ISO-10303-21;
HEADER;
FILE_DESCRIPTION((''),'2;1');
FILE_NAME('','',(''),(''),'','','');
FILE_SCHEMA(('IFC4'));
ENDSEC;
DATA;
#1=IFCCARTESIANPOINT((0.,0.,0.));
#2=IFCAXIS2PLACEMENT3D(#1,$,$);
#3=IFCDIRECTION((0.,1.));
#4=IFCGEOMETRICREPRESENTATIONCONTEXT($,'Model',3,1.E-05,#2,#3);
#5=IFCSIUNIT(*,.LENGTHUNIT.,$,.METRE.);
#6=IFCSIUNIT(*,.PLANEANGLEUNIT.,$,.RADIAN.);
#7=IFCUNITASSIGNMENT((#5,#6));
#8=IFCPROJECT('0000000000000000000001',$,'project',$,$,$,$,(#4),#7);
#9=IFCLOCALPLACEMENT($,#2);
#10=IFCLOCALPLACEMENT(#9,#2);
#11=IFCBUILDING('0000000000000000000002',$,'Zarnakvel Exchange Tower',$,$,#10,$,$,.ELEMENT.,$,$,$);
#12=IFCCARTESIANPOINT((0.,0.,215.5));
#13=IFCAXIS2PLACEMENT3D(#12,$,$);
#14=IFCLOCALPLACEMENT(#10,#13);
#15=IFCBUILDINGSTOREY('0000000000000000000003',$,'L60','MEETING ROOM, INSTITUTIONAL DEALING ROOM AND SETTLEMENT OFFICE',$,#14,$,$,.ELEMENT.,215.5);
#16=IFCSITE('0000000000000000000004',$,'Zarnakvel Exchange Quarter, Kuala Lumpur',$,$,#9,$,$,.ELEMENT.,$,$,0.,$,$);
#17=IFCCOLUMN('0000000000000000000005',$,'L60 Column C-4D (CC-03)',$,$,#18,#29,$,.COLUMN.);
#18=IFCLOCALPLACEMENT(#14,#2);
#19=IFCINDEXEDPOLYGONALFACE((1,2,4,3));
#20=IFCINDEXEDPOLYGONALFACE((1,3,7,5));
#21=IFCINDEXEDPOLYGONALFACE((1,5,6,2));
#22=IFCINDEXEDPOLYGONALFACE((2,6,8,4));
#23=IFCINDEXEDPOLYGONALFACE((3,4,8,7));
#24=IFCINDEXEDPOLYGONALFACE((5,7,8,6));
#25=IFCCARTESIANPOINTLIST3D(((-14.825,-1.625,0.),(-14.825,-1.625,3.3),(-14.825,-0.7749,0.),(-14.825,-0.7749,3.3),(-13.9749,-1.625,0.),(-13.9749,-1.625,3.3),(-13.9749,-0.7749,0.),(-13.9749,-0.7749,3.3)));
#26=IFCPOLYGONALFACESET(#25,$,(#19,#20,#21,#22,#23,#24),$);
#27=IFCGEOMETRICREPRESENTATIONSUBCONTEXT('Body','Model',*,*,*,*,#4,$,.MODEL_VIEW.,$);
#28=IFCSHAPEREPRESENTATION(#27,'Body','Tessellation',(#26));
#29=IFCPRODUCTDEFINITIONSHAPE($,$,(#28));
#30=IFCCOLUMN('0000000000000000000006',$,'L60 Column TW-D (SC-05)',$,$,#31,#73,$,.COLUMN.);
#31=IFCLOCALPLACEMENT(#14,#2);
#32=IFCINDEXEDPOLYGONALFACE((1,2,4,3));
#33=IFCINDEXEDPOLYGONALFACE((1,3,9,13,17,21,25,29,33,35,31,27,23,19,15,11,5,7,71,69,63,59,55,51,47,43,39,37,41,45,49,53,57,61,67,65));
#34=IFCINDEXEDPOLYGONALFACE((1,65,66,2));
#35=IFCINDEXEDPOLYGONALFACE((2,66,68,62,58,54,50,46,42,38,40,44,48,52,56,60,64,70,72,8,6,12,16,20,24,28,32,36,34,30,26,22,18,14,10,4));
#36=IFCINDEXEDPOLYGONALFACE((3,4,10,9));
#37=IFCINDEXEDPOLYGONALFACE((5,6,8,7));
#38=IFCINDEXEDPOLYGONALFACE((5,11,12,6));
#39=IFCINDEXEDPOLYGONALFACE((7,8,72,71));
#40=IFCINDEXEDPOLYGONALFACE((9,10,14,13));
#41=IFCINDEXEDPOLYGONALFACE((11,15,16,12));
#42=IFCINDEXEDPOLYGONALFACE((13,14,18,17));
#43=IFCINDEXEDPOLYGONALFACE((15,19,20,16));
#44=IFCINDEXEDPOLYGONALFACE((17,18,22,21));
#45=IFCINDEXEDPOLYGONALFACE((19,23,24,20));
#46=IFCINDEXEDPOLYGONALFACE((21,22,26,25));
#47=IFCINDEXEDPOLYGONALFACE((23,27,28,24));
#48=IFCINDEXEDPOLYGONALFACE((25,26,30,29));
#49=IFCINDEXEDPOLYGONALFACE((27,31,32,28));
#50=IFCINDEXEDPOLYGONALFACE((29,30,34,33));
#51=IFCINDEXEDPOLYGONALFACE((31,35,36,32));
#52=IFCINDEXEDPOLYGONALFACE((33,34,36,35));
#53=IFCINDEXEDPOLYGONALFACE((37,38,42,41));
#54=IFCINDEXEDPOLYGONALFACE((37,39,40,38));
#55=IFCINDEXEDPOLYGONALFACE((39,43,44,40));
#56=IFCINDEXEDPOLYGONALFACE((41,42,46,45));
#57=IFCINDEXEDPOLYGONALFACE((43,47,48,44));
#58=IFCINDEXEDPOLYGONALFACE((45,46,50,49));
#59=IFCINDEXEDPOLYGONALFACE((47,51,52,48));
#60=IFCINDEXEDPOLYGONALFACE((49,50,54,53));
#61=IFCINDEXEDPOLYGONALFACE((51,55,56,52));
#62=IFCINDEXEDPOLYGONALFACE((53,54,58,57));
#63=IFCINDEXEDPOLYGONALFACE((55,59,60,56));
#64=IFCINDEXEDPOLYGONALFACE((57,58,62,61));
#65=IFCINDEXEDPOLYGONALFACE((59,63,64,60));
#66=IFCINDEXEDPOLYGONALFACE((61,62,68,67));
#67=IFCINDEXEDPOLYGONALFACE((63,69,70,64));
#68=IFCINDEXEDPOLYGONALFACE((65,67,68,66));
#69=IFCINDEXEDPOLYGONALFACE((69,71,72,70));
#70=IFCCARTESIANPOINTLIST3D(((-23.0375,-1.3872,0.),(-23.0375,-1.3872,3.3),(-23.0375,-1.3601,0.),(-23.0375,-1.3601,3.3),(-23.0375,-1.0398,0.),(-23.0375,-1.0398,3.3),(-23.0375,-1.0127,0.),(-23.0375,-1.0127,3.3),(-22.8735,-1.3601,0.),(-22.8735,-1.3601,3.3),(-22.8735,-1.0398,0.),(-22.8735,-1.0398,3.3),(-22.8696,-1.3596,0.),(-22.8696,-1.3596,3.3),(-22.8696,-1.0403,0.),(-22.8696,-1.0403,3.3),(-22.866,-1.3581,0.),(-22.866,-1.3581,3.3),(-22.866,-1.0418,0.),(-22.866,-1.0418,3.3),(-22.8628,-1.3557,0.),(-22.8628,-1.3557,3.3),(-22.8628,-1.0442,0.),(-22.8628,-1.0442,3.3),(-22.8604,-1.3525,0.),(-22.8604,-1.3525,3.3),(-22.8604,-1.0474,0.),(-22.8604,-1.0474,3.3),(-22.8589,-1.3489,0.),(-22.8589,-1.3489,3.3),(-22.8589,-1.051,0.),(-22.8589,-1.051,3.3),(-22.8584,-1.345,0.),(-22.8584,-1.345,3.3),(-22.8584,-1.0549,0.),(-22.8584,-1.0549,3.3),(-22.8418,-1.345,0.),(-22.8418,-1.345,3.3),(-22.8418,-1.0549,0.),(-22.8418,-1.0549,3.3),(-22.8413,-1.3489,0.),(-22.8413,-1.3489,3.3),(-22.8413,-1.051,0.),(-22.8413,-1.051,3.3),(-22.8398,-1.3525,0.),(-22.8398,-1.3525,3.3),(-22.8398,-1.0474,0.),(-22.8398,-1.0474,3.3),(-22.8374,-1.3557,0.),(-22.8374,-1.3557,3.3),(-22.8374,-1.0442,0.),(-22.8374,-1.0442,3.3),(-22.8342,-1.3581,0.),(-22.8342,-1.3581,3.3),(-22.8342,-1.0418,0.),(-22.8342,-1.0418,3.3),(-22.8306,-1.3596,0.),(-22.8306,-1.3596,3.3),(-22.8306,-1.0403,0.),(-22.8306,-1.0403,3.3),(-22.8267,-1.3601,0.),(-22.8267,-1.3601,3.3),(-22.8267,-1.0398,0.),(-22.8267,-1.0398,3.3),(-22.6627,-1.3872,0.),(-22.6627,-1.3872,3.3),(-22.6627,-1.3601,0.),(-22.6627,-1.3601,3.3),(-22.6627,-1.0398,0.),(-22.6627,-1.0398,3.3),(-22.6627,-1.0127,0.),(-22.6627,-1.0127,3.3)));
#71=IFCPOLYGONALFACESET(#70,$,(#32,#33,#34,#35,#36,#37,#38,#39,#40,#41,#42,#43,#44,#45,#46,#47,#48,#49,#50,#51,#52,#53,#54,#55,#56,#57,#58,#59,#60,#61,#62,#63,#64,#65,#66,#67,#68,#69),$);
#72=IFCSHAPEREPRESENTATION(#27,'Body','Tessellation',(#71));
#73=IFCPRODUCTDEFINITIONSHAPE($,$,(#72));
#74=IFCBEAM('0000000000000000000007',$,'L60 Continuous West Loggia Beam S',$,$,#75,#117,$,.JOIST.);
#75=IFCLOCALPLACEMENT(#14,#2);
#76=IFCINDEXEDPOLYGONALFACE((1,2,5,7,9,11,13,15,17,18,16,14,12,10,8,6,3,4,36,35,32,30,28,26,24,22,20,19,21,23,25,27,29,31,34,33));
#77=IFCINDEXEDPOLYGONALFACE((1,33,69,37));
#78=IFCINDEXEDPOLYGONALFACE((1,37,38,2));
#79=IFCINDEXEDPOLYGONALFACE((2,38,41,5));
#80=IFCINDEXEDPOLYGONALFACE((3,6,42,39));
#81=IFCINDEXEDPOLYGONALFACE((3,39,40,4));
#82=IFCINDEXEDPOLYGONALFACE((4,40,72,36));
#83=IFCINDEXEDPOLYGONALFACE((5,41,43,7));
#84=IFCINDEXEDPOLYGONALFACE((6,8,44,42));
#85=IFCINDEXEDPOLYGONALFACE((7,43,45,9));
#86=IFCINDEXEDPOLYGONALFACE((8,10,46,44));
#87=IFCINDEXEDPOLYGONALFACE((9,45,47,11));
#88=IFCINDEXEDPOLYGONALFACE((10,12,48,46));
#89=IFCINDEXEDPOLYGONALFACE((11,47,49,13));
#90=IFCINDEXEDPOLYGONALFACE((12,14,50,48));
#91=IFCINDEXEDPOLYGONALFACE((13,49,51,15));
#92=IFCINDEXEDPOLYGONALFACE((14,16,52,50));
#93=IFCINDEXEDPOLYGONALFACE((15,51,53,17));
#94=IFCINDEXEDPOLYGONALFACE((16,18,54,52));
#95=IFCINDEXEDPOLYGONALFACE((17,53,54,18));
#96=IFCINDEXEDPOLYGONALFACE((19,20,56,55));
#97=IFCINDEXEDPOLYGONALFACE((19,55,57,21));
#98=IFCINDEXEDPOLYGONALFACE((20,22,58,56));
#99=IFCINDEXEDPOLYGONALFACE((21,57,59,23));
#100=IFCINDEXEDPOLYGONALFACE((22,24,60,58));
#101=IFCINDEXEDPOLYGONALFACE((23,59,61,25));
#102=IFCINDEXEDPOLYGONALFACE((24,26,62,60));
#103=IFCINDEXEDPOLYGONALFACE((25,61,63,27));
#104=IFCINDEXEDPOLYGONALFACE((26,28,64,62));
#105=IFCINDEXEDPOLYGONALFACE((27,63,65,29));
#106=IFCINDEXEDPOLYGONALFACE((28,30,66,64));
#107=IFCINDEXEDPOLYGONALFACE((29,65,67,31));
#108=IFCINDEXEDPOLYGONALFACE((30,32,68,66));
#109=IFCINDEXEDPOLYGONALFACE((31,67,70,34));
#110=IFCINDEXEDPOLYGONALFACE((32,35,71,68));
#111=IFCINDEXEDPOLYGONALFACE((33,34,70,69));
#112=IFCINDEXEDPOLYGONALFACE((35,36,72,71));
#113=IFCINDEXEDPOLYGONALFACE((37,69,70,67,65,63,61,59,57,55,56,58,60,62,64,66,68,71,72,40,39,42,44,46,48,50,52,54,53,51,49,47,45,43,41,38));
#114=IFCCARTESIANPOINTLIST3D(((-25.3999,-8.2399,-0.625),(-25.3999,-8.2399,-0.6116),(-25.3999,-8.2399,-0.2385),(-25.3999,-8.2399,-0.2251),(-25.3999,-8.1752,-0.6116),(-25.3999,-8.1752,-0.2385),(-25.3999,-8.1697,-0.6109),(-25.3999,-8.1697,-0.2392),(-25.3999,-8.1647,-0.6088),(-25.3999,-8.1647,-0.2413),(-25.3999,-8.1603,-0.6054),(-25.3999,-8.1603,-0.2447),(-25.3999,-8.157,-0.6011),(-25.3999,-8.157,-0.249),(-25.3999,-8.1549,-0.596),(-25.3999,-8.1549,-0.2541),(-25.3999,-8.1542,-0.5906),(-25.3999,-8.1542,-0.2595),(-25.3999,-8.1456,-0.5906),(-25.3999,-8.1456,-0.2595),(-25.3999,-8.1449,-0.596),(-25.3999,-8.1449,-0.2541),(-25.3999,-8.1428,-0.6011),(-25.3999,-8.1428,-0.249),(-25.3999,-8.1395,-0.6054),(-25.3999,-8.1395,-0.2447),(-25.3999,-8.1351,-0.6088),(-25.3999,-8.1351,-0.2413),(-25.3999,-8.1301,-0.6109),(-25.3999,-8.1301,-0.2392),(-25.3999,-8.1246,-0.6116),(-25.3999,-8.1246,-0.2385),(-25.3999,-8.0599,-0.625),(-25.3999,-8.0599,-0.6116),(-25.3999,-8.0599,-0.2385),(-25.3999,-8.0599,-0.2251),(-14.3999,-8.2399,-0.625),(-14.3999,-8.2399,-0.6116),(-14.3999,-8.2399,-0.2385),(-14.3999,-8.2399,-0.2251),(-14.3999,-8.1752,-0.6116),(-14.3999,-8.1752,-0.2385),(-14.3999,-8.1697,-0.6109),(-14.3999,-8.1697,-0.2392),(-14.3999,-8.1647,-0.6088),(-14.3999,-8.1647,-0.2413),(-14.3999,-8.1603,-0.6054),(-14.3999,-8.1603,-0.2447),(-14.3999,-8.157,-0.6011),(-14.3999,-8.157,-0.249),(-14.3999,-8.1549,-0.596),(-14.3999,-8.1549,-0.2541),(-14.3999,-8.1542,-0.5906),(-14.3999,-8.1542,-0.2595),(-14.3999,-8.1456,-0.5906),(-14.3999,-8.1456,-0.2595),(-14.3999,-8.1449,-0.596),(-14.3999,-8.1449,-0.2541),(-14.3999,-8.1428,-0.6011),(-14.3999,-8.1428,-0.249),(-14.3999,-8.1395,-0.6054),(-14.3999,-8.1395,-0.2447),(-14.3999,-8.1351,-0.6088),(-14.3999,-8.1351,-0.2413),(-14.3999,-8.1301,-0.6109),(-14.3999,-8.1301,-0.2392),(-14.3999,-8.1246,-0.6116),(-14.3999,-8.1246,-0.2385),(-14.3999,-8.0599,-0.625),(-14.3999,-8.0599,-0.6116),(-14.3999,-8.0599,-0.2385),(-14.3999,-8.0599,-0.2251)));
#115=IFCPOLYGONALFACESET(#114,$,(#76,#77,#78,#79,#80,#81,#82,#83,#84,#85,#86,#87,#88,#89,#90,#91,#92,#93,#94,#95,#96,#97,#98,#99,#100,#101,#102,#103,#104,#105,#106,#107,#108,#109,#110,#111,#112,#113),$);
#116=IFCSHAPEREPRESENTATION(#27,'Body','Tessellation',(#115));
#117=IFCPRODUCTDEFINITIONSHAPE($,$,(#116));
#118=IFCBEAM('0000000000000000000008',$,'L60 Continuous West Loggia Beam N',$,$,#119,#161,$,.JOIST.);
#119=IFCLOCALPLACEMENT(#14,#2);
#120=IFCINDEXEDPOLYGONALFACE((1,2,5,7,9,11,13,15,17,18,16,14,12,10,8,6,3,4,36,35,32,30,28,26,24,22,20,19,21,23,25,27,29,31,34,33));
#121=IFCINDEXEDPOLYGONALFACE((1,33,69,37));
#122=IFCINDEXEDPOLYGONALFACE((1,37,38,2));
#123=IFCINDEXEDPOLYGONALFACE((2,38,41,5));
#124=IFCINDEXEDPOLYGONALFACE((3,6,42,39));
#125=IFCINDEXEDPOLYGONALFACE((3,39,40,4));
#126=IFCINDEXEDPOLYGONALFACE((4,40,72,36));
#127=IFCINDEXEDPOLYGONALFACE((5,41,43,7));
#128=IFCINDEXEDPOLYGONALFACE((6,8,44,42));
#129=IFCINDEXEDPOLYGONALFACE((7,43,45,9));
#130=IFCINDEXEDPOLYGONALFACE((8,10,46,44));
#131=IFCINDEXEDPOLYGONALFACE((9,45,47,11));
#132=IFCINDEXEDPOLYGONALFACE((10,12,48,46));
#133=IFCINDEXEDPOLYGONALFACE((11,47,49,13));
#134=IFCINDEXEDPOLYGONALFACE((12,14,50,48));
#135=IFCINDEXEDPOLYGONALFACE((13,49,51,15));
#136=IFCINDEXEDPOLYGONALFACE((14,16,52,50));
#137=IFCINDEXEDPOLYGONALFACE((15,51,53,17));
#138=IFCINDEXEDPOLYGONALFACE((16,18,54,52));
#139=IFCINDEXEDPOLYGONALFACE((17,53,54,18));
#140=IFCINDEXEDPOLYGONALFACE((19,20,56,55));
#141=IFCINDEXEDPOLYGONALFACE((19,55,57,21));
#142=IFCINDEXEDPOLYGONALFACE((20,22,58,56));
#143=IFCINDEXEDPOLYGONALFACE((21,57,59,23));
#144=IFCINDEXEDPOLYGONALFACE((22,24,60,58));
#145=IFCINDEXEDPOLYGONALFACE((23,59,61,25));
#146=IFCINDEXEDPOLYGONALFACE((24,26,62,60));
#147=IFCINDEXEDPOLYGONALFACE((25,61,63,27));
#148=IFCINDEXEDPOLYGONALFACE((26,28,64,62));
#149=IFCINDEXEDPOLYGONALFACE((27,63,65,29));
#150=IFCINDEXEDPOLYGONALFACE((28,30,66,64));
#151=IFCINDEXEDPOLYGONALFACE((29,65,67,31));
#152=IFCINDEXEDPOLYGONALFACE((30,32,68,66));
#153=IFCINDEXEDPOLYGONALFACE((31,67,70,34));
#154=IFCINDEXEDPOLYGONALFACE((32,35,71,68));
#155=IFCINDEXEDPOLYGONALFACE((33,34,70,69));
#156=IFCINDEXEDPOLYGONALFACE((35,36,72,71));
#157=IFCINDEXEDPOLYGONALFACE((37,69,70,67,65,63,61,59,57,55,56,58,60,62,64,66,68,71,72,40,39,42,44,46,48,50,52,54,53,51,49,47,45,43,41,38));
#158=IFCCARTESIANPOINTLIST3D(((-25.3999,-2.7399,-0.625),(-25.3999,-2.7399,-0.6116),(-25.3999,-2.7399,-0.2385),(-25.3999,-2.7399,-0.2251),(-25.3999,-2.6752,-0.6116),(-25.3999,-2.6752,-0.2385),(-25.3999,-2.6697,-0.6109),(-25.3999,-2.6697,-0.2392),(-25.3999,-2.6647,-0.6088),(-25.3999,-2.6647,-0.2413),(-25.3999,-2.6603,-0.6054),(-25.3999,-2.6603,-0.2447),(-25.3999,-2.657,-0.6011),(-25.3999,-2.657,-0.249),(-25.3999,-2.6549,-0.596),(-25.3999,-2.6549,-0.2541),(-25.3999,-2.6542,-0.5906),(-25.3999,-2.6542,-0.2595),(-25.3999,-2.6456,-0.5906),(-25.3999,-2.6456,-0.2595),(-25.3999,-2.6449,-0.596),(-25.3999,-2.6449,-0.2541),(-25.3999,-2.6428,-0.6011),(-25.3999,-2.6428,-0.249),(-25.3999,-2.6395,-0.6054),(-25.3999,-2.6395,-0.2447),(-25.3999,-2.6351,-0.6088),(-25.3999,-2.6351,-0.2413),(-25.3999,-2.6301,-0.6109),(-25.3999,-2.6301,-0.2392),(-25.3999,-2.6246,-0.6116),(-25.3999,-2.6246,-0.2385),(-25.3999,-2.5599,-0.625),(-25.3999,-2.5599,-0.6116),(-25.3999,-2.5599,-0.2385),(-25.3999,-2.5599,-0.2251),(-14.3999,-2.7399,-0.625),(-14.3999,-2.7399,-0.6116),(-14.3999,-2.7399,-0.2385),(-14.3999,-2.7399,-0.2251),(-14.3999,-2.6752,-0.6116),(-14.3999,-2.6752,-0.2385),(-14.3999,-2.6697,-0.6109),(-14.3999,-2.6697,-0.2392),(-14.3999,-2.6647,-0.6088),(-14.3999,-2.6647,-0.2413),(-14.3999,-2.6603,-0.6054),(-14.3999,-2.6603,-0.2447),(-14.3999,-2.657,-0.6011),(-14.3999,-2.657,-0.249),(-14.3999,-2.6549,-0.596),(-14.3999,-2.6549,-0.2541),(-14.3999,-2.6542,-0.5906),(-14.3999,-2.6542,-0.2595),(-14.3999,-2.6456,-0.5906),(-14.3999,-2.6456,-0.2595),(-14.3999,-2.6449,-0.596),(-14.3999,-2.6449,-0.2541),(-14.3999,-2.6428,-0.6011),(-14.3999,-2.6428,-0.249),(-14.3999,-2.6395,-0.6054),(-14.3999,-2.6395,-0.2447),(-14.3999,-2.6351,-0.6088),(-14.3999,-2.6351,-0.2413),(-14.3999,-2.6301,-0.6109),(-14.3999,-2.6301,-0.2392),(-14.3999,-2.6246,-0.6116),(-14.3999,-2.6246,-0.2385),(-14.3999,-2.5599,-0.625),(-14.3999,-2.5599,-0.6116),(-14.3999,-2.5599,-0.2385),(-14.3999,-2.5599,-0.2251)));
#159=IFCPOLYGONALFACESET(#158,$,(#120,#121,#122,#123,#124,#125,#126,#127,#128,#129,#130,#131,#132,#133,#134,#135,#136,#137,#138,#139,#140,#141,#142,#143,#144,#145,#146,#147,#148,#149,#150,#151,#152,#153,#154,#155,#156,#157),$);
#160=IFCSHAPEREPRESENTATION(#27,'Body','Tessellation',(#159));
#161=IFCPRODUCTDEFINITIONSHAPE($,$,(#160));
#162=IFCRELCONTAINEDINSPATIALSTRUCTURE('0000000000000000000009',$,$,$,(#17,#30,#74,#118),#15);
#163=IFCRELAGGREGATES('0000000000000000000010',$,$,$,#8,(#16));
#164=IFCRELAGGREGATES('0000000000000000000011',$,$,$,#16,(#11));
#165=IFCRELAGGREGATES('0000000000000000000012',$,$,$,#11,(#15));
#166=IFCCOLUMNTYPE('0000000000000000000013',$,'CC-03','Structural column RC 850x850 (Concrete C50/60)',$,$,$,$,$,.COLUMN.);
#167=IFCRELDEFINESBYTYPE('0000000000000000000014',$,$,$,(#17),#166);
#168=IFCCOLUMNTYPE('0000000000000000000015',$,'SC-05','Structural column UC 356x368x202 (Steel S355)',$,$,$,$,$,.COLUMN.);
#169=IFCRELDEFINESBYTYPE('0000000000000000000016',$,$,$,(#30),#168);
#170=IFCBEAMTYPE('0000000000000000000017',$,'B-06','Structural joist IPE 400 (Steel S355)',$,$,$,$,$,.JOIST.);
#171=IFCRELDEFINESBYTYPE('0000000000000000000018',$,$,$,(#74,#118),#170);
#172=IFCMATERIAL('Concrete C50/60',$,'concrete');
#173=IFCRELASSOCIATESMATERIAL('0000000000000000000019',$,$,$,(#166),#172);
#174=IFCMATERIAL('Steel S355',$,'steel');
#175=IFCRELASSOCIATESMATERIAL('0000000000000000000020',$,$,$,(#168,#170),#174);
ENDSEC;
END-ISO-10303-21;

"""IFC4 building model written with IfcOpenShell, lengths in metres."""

from ifc_helpers import new_model, si_unit, direction, frame, origin, origin_2d, place, context, subcontext, project, spatial, rectangle, i_section, extrude, material, material_profile, profile_set, type_object, element, save


model = new_model("IFC4")

# Units and contexts
model_context = context("Model", 3, precision=1e-05, world=origin(), true_north=direction((0.0, 1.0)))
body_context = subcontext(model_context, "Body", "Model", "MODEL_VIEW")
ifc_project = project(units=[si_unit("LENGTHUNIT", "METRE"), si_unit("PLANEANGLEUNIT", "RADIAN")], contexts=[model_context])

# Site, building, storey
site_placement = place(None, origin())
site = spatial("IfcSite", under=ifc_project, at=site_placement, Name="Zarnakvel Exchange Quarter, Kuala Lumpur", CompositionType="ELEMENT", RefElevation=0.0)
building_placement = place(site_placement, origin())
building = spatial("IfcBuilding", under=site, at=building_placement, Name="Zarnakvel Exchange Tower", CompositionType="ELEMENT")
storey_placement = place(building_placement, frame((0.0, 0.0, 215.5)))
storey = spatial("IfcBuildingStorey", under=building, at=storey_placement, Name="L60", Description="MEETING ROOM, INSTITUTIONAL DEALING ROOM AND SETTLEMENT OFFICE", CompositionType="ELEMENT", Elevation=215.5)

# Columns
ifc_material_1 = material(Name="Concrete C50/60", Category="concrete")
ifc_material_profile_1 = material_profile(ifc_material_1, rectangle(XDim=0.8501, YDim=0.8501, at=origin_2d()))
ifc_profile_set_1 = profile_set([ifc_material_profile_1], Name="Concrete C50/60")
column_type_1 = type_object("IfcColumnType", Name="CC-03", Description="Structural column RC 850x850 (Concrete C50/60)", PredefinedType="COLUMN", material=ifc_profile_set_1)
column_1_placement = place(storey_placement, frame((-14.3999, -1.2, 0.0), z_axis=(0.0, 0.0, 1.0), x_axis=(1.0, 0.0, 0.0)))
element("IfcColumn", 1, at=column_1_placement, inside=storey, type_object=column_type_1, Name="L60 Column C-4D (CC-03)", PredefinedType="COLUMN", context=body_context, shape_type="SweptSolid", body=[
    extrude(rectangle(XDim=0.8501, YDim=0.8501, at=origin_2d()), origin(), (0.0, 0.0, 1.0), 3.3),
])
ifc_material_2 = material(Name="Steel S355", Category="steel")
ifc_material_profile_2 = material_profile(ifc_material_2, i_section(OverallWidth=0.3748, OverallDepth=0.3745, WebThickness=0.0166, FlangeThickness=0.0271, FilletRadius=0.0151, at=origin_2d()))
ifc_profile_set_2 = profile_set([ifc_material_profile_2], Name="Steel S355")
column_type_2 = type_object("IfcColumnType", Name="SC-05", Description="Structural column UC 356x368x202 (Steel S355)", PredefinedType="COLUMN", material=ifc_profile_set_2)
column_2_placement = place(storey_placement, frame((-22.8501, -1.2, 0.0), z_axis=(0.0, 0.0, 1.0), x_axis=(1.0, 0.0, 0.0)))
element("IfcColumn", 2, at=column_2_placement, inside=storey, type_object=column_type_2, Name="L60 Column TW-D (SC-05)", PredefinedType="COLUMN", context=body_context, shape_type="SweptSolid", body=[
    extrude(i_section(OverallWidth=0.3748, OverallDepth=0.3745, WebThickness=0.0166, FlangeThickness=0.0271, FilletRadius=0.0151, at=origin_2d()), origin(), (0.0, 0.0, 1.0), 3.3),
])

# Beams
ifc_material_profile_3 = material_profile(ifc_material_2, i_section(OverallWidth=0.1799, OverallDepth=0.3999, WebThickness=0.0085, FlangeThickness=0.0134, FilletRadius=0.021, at=origin_2d()))
ifc_profile_set_3 = profile_set([ifc_material_profile_3], Name="Steel S355")
beam_type_1 = type_object("IfcBeamType", Name="B-06", Description="Structural joist IPE 400 (Steel S355)", PredefinedType="JOIST", material=ifc_profile_set_3)
for number, where, z_axis, x_axis, name in (
    (3, (-14.3999, -8.1499, -0.425), (-1.0, 0.0, 0.0), (0.0, -1.0, 0.0), "L60 Continuous West Loggia Beam S"),
    (4, (-14.3999, -2.6499, -0.425), (-1.0, 0.0, 0.0), (0.0, -1.0, 0.0), "L60 Continuous West Loggia Beam N"),
):
    element("IfcBeam", number, at=place(storey_placement, frame(where, z_axis=z_axis, x_axis=x_axis)), inside=storey, type_object=beam_type_1, Name=name, PredefinedType="JOIST", context=body_context, shape_type="SweptSolid", body=[
        extrude(i_section(OverallWidth=0.1799, OverallDepth=0.3999, WebThickness=0.0085, FlangeThickness=0.0134, FilletRadius=0.021, at=origin_2d()), origin(), (0.0, 0.0, 1.0), 11.0),
    ])

save(model, "model.ifc")
